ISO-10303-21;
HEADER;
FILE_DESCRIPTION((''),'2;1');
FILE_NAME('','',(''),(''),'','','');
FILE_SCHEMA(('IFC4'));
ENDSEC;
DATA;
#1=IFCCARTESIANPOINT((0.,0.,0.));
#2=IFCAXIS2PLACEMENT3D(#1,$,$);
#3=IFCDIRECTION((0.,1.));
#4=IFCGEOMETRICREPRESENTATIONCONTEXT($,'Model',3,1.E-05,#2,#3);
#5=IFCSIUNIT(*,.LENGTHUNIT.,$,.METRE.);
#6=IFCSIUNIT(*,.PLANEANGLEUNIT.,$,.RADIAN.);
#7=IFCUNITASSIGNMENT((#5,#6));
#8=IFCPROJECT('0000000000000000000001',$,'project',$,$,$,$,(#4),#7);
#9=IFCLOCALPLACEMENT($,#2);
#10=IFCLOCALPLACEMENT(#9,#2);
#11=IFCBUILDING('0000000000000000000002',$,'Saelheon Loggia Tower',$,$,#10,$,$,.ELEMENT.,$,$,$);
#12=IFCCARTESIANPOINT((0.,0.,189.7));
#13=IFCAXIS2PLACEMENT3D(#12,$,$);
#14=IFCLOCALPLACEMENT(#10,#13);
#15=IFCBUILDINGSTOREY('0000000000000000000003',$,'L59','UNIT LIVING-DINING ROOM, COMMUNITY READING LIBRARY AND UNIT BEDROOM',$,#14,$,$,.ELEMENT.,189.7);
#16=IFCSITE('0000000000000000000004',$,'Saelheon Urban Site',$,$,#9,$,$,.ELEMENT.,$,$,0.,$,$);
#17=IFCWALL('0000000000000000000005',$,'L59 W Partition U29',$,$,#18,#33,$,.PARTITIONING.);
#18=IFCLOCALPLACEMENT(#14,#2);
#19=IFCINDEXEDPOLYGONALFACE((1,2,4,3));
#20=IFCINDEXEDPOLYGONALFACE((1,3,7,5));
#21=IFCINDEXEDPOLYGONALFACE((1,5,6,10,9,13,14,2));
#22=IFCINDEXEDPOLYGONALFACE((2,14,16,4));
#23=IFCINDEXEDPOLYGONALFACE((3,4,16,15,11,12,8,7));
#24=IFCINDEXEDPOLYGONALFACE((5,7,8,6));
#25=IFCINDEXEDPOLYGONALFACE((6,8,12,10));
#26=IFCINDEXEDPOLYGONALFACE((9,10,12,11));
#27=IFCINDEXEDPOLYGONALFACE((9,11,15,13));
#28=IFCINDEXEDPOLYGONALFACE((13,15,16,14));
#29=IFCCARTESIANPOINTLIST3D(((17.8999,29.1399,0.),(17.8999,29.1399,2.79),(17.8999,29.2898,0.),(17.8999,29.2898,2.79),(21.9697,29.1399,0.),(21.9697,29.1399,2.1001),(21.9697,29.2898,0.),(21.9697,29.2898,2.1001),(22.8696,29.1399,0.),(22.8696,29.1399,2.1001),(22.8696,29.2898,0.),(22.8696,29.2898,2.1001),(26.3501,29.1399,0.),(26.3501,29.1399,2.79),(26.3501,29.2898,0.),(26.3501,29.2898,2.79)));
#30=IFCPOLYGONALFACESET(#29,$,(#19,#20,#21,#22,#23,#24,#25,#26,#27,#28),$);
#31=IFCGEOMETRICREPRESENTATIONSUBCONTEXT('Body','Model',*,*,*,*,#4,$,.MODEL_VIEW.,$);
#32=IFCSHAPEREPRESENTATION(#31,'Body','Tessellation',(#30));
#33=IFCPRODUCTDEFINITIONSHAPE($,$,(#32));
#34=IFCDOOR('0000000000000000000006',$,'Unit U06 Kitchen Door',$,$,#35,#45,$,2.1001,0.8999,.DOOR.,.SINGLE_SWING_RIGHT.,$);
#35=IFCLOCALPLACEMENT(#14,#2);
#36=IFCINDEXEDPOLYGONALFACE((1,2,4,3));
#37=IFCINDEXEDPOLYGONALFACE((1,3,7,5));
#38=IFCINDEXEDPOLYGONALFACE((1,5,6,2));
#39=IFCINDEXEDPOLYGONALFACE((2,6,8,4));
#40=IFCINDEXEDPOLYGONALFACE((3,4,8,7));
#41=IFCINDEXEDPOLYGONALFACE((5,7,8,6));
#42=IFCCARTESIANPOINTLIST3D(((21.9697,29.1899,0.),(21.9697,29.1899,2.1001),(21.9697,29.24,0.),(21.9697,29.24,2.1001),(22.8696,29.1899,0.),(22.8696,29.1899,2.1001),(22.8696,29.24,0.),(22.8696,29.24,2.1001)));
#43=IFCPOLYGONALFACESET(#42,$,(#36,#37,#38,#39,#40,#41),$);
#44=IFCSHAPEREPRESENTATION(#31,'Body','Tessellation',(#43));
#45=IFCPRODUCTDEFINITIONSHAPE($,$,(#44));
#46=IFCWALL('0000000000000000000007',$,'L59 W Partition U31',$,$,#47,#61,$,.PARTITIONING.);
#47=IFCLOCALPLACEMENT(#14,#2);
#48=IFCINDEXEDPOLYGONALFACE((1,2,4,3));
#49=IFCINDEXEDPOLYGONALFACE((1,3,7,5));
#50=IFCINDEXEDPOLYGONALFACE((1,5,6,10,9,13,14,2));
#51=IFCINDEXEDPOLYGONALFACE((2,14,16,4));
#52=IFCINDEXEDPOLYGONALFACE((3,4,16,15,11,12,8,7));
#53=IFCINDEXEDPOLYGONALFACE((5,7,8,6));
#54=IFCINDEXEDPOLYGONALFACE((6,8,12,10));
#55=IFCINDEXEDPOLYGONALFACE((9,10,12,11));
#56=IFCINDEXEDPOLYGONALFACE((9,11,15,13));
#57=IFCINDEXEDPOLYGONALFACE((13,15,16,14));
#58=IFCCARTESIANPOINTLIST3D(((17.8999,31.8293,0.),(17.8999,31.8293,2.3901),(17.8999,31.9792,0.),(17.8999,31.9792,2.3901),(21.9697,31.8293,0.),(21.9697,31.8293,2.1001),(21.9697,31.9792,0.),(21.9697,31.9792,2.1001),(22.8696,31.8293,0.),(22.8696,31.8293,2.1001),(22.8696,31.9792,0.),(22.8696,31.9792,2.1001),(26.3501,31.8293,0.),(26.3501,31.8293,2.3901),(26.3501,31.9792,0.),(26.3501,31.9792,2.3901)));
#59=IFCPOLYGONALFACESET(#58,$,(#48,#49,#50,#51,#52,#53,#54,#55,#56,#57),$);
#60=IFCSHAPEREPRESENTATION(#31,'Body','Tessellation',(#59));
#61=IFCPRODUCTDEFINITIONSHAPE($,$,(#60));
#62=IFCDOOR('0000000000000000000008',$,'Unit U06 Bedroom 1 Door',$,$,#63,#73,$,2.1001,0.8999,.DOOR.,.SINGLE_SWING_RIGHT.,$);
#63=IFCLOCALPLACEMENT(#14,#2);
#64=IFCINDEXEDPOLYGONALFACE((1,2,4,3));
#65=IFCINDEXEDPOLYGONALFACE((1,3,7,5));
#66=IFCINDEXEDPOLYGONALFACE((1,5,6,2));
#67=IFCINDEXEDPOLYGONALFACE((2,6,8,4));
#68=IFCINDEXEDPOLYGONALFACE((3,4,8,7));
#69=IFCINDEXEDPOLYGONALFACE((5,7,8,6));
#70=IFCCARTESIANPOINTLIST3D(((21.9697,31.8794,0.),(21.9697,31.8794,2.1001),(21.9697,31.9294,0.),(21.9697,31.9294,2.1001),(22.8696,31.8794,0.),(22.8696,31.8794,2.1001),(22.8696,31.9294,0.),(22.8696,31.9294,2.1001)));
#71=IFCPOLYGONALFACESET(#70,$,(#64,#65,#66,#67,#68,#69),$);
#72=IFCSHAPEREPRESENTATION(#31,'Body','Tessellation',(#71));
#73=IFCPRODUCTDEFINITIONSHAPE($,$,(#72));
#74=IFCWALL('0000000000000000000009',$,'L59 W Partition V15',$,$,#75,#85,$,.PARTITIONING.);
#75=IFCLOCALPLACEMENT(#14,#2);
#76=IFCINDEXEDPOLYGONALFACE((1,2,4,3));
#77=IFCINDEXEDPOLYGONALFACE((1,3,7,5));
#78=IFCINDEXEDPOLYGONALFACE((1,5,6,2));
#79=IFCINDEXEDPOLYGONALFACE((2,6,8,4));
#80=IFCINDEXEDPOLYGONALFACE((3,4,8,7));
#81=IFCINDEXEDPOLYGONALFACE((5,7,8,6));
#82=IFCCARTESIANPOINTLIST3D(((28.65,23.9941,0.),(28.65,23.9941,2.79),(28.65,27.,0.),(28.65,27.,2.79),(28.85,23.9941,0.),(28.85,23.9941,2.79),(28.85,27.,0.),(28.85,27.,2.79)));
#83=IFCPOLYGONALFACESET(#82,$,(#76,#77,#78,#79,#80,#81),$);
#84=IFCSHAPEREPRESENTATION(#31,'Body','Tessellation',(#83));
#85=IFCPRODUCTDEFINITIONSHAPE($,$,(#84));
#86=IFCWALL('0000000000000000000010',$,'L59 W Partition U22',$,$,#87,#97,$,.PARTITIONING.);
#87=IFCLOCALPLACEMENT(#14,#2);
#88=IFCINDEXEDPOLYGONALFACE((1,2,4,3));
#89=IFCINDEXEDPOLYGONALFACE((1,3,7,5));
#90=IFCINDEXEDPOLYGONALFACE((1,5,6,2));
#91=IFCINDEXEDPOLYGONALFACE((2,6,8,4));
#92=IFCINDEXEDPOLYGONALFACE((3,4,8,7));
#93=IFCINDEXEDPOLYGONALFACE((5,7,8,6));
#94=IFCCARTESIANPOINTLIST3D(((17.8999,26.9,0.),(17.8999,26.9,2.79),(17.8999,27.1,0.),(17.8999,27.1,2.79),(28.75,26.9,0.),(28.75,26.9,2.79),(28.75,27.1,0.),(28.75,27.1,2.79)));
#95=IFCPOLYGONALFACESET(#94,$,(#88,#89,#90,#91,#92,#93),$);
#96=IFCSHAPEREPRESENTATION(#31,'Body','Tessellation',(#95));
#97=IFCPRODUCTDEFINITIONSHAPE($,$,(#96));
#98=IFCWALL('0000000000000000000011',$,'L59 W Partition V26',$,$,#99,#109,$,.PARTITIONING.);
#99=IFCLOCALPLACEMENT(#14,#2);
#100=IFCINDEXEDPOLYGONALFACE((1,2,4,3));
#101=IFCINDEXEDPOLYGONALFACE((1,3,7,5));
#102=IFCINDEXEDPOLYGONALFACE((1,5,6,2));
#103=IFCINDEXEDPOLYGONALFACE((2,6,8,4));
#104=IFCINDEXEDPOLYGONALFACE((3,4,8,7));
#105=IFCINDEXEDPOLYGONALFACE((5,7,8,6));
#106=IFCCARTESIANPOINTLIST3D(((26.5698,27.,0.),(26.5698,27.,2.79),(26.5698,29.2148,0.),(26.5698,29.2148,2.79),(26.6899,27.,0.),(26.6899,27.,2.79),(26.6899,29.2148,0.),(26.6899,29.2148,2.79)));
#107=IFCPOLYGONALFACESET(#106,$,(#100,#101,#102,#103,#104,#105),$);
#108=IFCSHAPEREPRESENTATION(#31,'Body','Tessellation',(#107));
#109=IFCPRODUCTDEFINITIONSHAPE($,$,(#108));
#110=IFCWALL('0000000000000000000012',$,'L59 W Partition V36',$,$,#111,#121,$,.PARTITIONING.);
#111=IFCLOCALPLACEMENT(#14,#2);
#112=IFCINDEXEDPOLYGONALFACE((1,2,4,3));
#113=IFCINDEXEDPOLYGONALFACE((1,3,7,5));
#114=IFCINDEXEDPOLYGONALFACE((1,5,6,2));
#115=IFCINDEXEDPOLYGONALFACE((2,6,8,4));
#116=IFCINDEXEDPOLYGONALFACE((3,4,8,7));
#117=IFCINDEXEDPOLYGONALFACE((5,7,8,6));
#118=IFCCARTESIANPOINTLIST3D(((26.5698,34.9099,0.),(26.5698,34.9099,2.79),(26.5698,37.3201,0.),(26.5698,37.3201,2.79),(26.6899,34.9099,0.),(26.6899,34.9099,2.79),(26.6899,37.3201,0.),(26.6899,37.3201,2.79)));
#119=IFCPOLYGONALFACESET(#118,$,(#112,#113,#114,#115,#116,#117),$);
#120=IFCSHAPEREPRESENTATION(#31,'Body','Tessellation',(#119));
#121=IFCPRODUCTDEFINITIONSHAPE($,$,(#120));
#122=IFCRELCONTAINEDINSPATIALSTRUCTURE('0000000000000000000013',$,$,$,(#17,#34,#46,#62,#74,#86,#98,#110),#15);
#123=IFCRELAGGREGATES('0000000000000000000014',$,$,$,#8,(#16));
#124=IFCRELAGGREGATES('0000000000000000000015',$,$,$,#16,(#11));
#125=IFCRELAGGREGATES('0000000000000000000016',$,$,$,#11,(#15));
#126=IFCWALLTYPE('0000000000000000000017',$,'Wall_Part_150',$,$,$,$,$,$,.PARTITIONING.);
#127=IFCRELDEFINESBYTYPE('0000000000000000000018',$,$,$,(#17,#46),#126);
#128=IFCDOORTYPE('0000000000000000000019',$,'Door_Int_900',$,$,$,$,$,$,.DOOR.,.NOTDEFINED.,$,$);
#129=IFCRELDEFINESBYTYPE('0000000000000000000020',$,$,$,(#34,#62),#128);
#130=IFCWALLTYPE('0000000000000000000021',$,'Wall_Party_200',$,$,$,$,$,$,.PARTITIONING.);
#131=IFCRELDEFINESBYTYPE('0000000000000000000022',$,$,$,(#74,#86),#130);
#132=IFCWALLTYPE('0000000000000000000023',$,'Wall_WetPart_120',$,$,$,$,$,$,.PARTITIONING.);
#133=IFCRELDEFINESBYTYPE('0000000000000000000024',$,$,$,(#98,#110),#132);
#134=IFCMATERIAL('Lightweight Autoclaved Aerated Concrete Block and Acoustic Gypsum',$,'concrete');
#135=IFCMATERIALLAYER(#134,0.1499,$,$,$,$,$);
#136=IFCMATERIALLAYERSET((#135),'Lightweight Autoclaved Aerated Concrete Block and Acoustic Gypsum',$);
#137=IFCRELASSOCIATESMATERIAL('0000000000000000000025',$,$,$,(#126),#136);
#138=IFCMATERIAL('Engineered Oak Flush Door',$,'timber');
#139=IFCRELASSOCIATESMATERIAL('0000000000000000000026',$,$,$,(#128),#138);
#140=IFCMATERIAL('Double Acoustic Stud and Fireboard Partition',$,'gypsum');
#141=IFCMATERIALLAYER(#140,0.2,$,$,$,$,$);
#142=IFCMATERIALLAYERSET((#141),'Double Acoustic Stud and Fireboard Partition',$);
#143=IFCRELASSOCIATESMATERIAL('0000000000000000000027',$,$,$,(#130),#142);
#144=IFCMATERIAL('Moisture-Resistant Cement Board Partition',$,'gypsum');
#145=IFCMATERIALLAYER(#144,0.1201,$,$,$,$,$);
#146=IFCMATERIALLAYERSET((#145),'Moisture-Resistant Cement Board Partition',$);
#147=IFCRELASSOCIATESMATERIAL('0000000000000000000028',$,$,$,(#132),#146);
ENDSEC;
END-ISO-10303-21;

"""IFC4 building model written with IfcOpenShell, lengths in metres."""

from ifc_helpers import new_model, si_unit, direction, frame, frame_2d, origin, place, context, subcontext, project, spatial, rectangle, extrude, source, transform, mapped, material, layer, layer_set, type_object, element, fill, save


model = new_model("IFC4")

# Units and contexts
model_context = context("Model", 3, precision=1e-05, world=origin(), true_north=direction((0.0, 1.0)))
body_context = subcontext(model_context, "Body", "Model", "MODEL_VIEW")
ifc_project = project(units=[si_unit("LENGTHUNIT", "METRE"), si_unit("PLANEANGLEUNIT", "RADIAN")], contexts=[model_context])

# Site, building, storey
site_placement = place(None, origin())
site = spatial("IfcSite", under=ifc_project, at=site_placement, Name="Saelheon Urban Site", CompositionType="ELEMENT", RefElevation=0.0)
building_placement = place(site_placement, origin())
building = spatial("IfcBuilding", under=site, at=building_placement, Name="Saelheon Loggia Tower", CompositionType="ELEMENT")
storey_placement = place(building_placement, frame((0.0, 0.0, 189.7)))
storey = spatial("IfcBuildingStorey", under=building, at=storey_placement, Name="L59", Description="UNIT LIVING-DINING ROOM, COMMUNITY READING LIBRARY AND UNIT BEDROOM", CompositionType="ELEMENT", Elevation=189.7)

# Shared definitions
ifc_material_1 = material(Name="Lightweight Autoclaved Aerated Concrete Block and Acoustic Gypsum", Category="concrete")
ifc_layer_1 = layer(ifc_material_1, 0.1499)
ifc_layer_set_1 = layer_set([ifc_layer_1], Name="Lightweight Autoclaved Aerated Concrete Block and Acoustic Gypsum")
wall_type_1 = type_object("IfcWallType", Name="Wall_Part_150", PredefinedType="PARTITIONING", material=ifc_layer_set_1)

# Shared definitions
ifc_material_2 = material(Name="Engineered Oak Flush Door", Category="timber")
door_type = type_object("IfcDoorType", Name="Door_Int_900", OperationType="NOTDEFINED", PredefinedType="DOOR", material=ifc_material_2)
shared_shape_1 = source(origin(), body_context, "Body", "SweptSolid", [
    extrude(rectangle(XDim=0.8999, YDim=2.1001, at=frame_2d((0.45, 1.05))), frame((0.0, 0.0249, 0.0), z_axis=(0.0, -1.0, 0.0), x_axis=(1.0, 0.0, 0.0)), (0.0, 0.0, 1.0), 0.05),
])

# Walls, openings, doors
wall_1_placement = place(storey_placement, frame((26.3501, 29.2148, 0.0), z_axis=(0.0, 0.0, 1.0), x_axis=(-1.0, 0.0, 0.0)))
wall_1 = element("IfcWall", 1, at=wall_1_placement, inside=storey, type_object=wall_type_1, Name="L59 W Partition U29", PredefinedType="PARTITIONING", context=body_context, shape_type="SweptSolid", body=[
    extrude(rectangle(XDim=8.4502, YDim=0.1499, at=frame_2d((4.2251, 0.0))), origin(), (0.0, 0.0, 1.0), 2.79),
])
opening_1_placement = place(wall_1_placement, frame((3.4805, 0.0, 0.0)))
opening_1 = element("IfcOpeningElement", 2, at=opening_1_placement, cuts=wall_1, PredefinedType="OPENING", context=body_context, shape_type="SweptSolid", body=[
    extrude(rectangle(XDim=0.8999, YDim=2.1001, at=frame_2d((0.45, 1.05))), frame((0.0, 0.0869, 0.0), z_axis=(0.0, -1.0, 0.0), x_axis=(1.0, 0.0, 0.0)), (0.0, 0.0, 1.0), 0.1738),
])
door_1_placement = place(opening_1_placement, origin())
door_1 = element("IfcDoor", 3, at=door_1_placement, inside=storey, type_object=door_type, Name="Unit U06 Kitchen Door", OperationType="SINGLE_SWING_RIGHT", OverallHeight=2.1001, OverallWidth=0.8999, PredefinedType="DOOR", context=body_context, shape_type="MappedRepresentation", body=[
    mapped(shared_shape_1, transform((0.0, 0.0, 0.0), scale=1.0)),
])
fill(opening_1, door_1)
wall_2_placement = place(storey_placement, frame((26.3501, 31.9043, 0.0), z_axis=(0.0, 0.0, 1.0), x_axis=(-1.0, 0.0, 0.0)))
wall_2 = element("IfcWall", 4, at=wall_2_placement, inside=storey, type_object=wall_type_1, Name="L59 W Partition U31", PredefinedType="PARTITIONING", context=body_context, shape_type="SweptSolid", body=[
    extrude(rectangle(XDim=8.4502, YDim=0.1499, at=frame_2d((4.2251, 0.0))), origin(), (0.0, 0.0, 1.0), 2.3901),
])
opening_2_placement = place(wall_2_placement, frame((3.4805, 0.0, 0.0)))
opening_2 = element("IfcOpeningElement", 5, at=opening_2_placement, cuts=wall_2, PredefinedType="OPENING", context=body_context, shape_type="SweptSolid", body=[
    extrude(rectangle(XDim=0.8999, YDim=2.1001, at=frame_2d((0.45, 1.05))), frame((0.0, 0.0869, 0.0), z_axis=(0.0, -1.0, 0.0), x_axis=(1.0, 0.0, 0.0)), (0.0, 0.0, 1.0), 0.1738),
])
door_2_placement = place(opening_2_placement, origin())
door_2 = element("IfcDoor", 6, at=door_2_placement, inside=storey, type_object=door_type, Name="Unit U06 Bedroom 1 Door", OperationType="SINGLE_SWING_RIGHT", OverallHeight=2.1001, OverallWidth=0.8999, PredefinedType="DOOR", context=body_context, shape_type="MappedRepresentation", body=[
    mapped(shared_shape_1, transform((0.0, 0.0, 0.0), scale=1.0)),
])
fill(opening_2, door_2)

# Walls
ifc_material_3 = material(Name="Double Acoustic Stud and Fireboard Partition", Category="gypsum")
ifc_layer_2 = layer(ifc_material_3, 0.2)
ifc_layer_set_2 = layer_set([ifc_layer_2], Name="Double Acoustic Stud and Fireboard Partition")
wall_type_2 = type_object("IfcWallType", Name="Wall_Party_200", PredefinedType="PARTITIONING", material=ifc_layer_set_2)
wall_3_placement = place(storey_placement, frame((28.75, 23.9941, 0.0), z_axis=(0.0, 0.0, 1.0), x_axis=(0.0, 1.0, 0.0)))
element("IfcWall", 7, at=wall_3_placement, inside=storey, type_object=wall_type_2, Name="L59 W Partition V15", PredefinedType="PARTITIONING", context=body_context, shape_type="SweptSolid", body=[
    extrude(rectangle(XDim=3.0059, YDim=0.2, at=frame_2d((1.5029, 0.0))), origin(), (0.0, 0.0, 1.0), 2.79),
])
wall_4_placement = place(storey_placement, frame((28.75, 27.0, 0.0), z_axis=(0.0, 0.0, 1.0), x_axis=(-1.0, 0.0, 0.0)))
element("IfcWall", 8, at=wall_4_placement, inside=storey, type_object=wall_type_2, Name="L59 W Partition U22", PredefinedType="PARTITIONING", context=body_context, shape_type="SweptSolid", body=[
    extrude(rectangle(XDim=10.8501, YDim=0.2, at=frame_2d((5.425, 0.0))), origin(), (0.0, 0.0, 1.0), 2.79),
])
ifc_material_4 = material(Name="Moisture-Resistant Cement Board Partition", Category="gypsum")
ifc_layer_3 = layer(ifc_material_4, 0.1201)
ifc_layer_set_3 = layer_set([ifc_layer_3], Name="Moisture-Resistant Cement Board Partition")
wall_type_3 = type_object("IfcWallType", Name="Wall_WetPart_120", PredefinedType="PARTITIONING", material=ifc_layer_set_3)
wall_5_placement = place(storey_placement, frame((26.6299, 27.0, 0.0), z_axis=(0.0, 0.0, 1.0), x_axis=(0.0, 1.0, 0.0)))
element("IfcWall", 9, at=wall_5_placement, inside=storey, type_object=wall_type_3, Name="L59 W Partition V26", PredefinedType="PARTITIONING", context=body_context, shape_type="SweptSolid", body=[
    extrude(rectangle(XDim=2.2148, YDim=0.1201, at=frame_2d((1.1074, 0.0))), origin(), (0.0, 0.0, 1.0), 2.79),
])
wall_6_placement = place(storey_placement, frame((26.6299, 34.9099, 0.0), z_axis=(0.0, 0.0, 1.0), x_axis=(0.0, 1.0, 0.0)))
element("IfcWall", 10, at=wall_6_placement, inside=storey, type_object=wall_type_3, Name="L59 W Partition V36", PredefinedType="PARTITIONING", context=body_context, shape_type="SweptSolid", body=[
    extrude(rectangle(XDim=2.4102, YDim=0.1201, at=frame_2d((1.2051, 0.0))), origin(), (0.0, 0.0, 1.0), 2.79),
])

save(model, "model.ifc")
